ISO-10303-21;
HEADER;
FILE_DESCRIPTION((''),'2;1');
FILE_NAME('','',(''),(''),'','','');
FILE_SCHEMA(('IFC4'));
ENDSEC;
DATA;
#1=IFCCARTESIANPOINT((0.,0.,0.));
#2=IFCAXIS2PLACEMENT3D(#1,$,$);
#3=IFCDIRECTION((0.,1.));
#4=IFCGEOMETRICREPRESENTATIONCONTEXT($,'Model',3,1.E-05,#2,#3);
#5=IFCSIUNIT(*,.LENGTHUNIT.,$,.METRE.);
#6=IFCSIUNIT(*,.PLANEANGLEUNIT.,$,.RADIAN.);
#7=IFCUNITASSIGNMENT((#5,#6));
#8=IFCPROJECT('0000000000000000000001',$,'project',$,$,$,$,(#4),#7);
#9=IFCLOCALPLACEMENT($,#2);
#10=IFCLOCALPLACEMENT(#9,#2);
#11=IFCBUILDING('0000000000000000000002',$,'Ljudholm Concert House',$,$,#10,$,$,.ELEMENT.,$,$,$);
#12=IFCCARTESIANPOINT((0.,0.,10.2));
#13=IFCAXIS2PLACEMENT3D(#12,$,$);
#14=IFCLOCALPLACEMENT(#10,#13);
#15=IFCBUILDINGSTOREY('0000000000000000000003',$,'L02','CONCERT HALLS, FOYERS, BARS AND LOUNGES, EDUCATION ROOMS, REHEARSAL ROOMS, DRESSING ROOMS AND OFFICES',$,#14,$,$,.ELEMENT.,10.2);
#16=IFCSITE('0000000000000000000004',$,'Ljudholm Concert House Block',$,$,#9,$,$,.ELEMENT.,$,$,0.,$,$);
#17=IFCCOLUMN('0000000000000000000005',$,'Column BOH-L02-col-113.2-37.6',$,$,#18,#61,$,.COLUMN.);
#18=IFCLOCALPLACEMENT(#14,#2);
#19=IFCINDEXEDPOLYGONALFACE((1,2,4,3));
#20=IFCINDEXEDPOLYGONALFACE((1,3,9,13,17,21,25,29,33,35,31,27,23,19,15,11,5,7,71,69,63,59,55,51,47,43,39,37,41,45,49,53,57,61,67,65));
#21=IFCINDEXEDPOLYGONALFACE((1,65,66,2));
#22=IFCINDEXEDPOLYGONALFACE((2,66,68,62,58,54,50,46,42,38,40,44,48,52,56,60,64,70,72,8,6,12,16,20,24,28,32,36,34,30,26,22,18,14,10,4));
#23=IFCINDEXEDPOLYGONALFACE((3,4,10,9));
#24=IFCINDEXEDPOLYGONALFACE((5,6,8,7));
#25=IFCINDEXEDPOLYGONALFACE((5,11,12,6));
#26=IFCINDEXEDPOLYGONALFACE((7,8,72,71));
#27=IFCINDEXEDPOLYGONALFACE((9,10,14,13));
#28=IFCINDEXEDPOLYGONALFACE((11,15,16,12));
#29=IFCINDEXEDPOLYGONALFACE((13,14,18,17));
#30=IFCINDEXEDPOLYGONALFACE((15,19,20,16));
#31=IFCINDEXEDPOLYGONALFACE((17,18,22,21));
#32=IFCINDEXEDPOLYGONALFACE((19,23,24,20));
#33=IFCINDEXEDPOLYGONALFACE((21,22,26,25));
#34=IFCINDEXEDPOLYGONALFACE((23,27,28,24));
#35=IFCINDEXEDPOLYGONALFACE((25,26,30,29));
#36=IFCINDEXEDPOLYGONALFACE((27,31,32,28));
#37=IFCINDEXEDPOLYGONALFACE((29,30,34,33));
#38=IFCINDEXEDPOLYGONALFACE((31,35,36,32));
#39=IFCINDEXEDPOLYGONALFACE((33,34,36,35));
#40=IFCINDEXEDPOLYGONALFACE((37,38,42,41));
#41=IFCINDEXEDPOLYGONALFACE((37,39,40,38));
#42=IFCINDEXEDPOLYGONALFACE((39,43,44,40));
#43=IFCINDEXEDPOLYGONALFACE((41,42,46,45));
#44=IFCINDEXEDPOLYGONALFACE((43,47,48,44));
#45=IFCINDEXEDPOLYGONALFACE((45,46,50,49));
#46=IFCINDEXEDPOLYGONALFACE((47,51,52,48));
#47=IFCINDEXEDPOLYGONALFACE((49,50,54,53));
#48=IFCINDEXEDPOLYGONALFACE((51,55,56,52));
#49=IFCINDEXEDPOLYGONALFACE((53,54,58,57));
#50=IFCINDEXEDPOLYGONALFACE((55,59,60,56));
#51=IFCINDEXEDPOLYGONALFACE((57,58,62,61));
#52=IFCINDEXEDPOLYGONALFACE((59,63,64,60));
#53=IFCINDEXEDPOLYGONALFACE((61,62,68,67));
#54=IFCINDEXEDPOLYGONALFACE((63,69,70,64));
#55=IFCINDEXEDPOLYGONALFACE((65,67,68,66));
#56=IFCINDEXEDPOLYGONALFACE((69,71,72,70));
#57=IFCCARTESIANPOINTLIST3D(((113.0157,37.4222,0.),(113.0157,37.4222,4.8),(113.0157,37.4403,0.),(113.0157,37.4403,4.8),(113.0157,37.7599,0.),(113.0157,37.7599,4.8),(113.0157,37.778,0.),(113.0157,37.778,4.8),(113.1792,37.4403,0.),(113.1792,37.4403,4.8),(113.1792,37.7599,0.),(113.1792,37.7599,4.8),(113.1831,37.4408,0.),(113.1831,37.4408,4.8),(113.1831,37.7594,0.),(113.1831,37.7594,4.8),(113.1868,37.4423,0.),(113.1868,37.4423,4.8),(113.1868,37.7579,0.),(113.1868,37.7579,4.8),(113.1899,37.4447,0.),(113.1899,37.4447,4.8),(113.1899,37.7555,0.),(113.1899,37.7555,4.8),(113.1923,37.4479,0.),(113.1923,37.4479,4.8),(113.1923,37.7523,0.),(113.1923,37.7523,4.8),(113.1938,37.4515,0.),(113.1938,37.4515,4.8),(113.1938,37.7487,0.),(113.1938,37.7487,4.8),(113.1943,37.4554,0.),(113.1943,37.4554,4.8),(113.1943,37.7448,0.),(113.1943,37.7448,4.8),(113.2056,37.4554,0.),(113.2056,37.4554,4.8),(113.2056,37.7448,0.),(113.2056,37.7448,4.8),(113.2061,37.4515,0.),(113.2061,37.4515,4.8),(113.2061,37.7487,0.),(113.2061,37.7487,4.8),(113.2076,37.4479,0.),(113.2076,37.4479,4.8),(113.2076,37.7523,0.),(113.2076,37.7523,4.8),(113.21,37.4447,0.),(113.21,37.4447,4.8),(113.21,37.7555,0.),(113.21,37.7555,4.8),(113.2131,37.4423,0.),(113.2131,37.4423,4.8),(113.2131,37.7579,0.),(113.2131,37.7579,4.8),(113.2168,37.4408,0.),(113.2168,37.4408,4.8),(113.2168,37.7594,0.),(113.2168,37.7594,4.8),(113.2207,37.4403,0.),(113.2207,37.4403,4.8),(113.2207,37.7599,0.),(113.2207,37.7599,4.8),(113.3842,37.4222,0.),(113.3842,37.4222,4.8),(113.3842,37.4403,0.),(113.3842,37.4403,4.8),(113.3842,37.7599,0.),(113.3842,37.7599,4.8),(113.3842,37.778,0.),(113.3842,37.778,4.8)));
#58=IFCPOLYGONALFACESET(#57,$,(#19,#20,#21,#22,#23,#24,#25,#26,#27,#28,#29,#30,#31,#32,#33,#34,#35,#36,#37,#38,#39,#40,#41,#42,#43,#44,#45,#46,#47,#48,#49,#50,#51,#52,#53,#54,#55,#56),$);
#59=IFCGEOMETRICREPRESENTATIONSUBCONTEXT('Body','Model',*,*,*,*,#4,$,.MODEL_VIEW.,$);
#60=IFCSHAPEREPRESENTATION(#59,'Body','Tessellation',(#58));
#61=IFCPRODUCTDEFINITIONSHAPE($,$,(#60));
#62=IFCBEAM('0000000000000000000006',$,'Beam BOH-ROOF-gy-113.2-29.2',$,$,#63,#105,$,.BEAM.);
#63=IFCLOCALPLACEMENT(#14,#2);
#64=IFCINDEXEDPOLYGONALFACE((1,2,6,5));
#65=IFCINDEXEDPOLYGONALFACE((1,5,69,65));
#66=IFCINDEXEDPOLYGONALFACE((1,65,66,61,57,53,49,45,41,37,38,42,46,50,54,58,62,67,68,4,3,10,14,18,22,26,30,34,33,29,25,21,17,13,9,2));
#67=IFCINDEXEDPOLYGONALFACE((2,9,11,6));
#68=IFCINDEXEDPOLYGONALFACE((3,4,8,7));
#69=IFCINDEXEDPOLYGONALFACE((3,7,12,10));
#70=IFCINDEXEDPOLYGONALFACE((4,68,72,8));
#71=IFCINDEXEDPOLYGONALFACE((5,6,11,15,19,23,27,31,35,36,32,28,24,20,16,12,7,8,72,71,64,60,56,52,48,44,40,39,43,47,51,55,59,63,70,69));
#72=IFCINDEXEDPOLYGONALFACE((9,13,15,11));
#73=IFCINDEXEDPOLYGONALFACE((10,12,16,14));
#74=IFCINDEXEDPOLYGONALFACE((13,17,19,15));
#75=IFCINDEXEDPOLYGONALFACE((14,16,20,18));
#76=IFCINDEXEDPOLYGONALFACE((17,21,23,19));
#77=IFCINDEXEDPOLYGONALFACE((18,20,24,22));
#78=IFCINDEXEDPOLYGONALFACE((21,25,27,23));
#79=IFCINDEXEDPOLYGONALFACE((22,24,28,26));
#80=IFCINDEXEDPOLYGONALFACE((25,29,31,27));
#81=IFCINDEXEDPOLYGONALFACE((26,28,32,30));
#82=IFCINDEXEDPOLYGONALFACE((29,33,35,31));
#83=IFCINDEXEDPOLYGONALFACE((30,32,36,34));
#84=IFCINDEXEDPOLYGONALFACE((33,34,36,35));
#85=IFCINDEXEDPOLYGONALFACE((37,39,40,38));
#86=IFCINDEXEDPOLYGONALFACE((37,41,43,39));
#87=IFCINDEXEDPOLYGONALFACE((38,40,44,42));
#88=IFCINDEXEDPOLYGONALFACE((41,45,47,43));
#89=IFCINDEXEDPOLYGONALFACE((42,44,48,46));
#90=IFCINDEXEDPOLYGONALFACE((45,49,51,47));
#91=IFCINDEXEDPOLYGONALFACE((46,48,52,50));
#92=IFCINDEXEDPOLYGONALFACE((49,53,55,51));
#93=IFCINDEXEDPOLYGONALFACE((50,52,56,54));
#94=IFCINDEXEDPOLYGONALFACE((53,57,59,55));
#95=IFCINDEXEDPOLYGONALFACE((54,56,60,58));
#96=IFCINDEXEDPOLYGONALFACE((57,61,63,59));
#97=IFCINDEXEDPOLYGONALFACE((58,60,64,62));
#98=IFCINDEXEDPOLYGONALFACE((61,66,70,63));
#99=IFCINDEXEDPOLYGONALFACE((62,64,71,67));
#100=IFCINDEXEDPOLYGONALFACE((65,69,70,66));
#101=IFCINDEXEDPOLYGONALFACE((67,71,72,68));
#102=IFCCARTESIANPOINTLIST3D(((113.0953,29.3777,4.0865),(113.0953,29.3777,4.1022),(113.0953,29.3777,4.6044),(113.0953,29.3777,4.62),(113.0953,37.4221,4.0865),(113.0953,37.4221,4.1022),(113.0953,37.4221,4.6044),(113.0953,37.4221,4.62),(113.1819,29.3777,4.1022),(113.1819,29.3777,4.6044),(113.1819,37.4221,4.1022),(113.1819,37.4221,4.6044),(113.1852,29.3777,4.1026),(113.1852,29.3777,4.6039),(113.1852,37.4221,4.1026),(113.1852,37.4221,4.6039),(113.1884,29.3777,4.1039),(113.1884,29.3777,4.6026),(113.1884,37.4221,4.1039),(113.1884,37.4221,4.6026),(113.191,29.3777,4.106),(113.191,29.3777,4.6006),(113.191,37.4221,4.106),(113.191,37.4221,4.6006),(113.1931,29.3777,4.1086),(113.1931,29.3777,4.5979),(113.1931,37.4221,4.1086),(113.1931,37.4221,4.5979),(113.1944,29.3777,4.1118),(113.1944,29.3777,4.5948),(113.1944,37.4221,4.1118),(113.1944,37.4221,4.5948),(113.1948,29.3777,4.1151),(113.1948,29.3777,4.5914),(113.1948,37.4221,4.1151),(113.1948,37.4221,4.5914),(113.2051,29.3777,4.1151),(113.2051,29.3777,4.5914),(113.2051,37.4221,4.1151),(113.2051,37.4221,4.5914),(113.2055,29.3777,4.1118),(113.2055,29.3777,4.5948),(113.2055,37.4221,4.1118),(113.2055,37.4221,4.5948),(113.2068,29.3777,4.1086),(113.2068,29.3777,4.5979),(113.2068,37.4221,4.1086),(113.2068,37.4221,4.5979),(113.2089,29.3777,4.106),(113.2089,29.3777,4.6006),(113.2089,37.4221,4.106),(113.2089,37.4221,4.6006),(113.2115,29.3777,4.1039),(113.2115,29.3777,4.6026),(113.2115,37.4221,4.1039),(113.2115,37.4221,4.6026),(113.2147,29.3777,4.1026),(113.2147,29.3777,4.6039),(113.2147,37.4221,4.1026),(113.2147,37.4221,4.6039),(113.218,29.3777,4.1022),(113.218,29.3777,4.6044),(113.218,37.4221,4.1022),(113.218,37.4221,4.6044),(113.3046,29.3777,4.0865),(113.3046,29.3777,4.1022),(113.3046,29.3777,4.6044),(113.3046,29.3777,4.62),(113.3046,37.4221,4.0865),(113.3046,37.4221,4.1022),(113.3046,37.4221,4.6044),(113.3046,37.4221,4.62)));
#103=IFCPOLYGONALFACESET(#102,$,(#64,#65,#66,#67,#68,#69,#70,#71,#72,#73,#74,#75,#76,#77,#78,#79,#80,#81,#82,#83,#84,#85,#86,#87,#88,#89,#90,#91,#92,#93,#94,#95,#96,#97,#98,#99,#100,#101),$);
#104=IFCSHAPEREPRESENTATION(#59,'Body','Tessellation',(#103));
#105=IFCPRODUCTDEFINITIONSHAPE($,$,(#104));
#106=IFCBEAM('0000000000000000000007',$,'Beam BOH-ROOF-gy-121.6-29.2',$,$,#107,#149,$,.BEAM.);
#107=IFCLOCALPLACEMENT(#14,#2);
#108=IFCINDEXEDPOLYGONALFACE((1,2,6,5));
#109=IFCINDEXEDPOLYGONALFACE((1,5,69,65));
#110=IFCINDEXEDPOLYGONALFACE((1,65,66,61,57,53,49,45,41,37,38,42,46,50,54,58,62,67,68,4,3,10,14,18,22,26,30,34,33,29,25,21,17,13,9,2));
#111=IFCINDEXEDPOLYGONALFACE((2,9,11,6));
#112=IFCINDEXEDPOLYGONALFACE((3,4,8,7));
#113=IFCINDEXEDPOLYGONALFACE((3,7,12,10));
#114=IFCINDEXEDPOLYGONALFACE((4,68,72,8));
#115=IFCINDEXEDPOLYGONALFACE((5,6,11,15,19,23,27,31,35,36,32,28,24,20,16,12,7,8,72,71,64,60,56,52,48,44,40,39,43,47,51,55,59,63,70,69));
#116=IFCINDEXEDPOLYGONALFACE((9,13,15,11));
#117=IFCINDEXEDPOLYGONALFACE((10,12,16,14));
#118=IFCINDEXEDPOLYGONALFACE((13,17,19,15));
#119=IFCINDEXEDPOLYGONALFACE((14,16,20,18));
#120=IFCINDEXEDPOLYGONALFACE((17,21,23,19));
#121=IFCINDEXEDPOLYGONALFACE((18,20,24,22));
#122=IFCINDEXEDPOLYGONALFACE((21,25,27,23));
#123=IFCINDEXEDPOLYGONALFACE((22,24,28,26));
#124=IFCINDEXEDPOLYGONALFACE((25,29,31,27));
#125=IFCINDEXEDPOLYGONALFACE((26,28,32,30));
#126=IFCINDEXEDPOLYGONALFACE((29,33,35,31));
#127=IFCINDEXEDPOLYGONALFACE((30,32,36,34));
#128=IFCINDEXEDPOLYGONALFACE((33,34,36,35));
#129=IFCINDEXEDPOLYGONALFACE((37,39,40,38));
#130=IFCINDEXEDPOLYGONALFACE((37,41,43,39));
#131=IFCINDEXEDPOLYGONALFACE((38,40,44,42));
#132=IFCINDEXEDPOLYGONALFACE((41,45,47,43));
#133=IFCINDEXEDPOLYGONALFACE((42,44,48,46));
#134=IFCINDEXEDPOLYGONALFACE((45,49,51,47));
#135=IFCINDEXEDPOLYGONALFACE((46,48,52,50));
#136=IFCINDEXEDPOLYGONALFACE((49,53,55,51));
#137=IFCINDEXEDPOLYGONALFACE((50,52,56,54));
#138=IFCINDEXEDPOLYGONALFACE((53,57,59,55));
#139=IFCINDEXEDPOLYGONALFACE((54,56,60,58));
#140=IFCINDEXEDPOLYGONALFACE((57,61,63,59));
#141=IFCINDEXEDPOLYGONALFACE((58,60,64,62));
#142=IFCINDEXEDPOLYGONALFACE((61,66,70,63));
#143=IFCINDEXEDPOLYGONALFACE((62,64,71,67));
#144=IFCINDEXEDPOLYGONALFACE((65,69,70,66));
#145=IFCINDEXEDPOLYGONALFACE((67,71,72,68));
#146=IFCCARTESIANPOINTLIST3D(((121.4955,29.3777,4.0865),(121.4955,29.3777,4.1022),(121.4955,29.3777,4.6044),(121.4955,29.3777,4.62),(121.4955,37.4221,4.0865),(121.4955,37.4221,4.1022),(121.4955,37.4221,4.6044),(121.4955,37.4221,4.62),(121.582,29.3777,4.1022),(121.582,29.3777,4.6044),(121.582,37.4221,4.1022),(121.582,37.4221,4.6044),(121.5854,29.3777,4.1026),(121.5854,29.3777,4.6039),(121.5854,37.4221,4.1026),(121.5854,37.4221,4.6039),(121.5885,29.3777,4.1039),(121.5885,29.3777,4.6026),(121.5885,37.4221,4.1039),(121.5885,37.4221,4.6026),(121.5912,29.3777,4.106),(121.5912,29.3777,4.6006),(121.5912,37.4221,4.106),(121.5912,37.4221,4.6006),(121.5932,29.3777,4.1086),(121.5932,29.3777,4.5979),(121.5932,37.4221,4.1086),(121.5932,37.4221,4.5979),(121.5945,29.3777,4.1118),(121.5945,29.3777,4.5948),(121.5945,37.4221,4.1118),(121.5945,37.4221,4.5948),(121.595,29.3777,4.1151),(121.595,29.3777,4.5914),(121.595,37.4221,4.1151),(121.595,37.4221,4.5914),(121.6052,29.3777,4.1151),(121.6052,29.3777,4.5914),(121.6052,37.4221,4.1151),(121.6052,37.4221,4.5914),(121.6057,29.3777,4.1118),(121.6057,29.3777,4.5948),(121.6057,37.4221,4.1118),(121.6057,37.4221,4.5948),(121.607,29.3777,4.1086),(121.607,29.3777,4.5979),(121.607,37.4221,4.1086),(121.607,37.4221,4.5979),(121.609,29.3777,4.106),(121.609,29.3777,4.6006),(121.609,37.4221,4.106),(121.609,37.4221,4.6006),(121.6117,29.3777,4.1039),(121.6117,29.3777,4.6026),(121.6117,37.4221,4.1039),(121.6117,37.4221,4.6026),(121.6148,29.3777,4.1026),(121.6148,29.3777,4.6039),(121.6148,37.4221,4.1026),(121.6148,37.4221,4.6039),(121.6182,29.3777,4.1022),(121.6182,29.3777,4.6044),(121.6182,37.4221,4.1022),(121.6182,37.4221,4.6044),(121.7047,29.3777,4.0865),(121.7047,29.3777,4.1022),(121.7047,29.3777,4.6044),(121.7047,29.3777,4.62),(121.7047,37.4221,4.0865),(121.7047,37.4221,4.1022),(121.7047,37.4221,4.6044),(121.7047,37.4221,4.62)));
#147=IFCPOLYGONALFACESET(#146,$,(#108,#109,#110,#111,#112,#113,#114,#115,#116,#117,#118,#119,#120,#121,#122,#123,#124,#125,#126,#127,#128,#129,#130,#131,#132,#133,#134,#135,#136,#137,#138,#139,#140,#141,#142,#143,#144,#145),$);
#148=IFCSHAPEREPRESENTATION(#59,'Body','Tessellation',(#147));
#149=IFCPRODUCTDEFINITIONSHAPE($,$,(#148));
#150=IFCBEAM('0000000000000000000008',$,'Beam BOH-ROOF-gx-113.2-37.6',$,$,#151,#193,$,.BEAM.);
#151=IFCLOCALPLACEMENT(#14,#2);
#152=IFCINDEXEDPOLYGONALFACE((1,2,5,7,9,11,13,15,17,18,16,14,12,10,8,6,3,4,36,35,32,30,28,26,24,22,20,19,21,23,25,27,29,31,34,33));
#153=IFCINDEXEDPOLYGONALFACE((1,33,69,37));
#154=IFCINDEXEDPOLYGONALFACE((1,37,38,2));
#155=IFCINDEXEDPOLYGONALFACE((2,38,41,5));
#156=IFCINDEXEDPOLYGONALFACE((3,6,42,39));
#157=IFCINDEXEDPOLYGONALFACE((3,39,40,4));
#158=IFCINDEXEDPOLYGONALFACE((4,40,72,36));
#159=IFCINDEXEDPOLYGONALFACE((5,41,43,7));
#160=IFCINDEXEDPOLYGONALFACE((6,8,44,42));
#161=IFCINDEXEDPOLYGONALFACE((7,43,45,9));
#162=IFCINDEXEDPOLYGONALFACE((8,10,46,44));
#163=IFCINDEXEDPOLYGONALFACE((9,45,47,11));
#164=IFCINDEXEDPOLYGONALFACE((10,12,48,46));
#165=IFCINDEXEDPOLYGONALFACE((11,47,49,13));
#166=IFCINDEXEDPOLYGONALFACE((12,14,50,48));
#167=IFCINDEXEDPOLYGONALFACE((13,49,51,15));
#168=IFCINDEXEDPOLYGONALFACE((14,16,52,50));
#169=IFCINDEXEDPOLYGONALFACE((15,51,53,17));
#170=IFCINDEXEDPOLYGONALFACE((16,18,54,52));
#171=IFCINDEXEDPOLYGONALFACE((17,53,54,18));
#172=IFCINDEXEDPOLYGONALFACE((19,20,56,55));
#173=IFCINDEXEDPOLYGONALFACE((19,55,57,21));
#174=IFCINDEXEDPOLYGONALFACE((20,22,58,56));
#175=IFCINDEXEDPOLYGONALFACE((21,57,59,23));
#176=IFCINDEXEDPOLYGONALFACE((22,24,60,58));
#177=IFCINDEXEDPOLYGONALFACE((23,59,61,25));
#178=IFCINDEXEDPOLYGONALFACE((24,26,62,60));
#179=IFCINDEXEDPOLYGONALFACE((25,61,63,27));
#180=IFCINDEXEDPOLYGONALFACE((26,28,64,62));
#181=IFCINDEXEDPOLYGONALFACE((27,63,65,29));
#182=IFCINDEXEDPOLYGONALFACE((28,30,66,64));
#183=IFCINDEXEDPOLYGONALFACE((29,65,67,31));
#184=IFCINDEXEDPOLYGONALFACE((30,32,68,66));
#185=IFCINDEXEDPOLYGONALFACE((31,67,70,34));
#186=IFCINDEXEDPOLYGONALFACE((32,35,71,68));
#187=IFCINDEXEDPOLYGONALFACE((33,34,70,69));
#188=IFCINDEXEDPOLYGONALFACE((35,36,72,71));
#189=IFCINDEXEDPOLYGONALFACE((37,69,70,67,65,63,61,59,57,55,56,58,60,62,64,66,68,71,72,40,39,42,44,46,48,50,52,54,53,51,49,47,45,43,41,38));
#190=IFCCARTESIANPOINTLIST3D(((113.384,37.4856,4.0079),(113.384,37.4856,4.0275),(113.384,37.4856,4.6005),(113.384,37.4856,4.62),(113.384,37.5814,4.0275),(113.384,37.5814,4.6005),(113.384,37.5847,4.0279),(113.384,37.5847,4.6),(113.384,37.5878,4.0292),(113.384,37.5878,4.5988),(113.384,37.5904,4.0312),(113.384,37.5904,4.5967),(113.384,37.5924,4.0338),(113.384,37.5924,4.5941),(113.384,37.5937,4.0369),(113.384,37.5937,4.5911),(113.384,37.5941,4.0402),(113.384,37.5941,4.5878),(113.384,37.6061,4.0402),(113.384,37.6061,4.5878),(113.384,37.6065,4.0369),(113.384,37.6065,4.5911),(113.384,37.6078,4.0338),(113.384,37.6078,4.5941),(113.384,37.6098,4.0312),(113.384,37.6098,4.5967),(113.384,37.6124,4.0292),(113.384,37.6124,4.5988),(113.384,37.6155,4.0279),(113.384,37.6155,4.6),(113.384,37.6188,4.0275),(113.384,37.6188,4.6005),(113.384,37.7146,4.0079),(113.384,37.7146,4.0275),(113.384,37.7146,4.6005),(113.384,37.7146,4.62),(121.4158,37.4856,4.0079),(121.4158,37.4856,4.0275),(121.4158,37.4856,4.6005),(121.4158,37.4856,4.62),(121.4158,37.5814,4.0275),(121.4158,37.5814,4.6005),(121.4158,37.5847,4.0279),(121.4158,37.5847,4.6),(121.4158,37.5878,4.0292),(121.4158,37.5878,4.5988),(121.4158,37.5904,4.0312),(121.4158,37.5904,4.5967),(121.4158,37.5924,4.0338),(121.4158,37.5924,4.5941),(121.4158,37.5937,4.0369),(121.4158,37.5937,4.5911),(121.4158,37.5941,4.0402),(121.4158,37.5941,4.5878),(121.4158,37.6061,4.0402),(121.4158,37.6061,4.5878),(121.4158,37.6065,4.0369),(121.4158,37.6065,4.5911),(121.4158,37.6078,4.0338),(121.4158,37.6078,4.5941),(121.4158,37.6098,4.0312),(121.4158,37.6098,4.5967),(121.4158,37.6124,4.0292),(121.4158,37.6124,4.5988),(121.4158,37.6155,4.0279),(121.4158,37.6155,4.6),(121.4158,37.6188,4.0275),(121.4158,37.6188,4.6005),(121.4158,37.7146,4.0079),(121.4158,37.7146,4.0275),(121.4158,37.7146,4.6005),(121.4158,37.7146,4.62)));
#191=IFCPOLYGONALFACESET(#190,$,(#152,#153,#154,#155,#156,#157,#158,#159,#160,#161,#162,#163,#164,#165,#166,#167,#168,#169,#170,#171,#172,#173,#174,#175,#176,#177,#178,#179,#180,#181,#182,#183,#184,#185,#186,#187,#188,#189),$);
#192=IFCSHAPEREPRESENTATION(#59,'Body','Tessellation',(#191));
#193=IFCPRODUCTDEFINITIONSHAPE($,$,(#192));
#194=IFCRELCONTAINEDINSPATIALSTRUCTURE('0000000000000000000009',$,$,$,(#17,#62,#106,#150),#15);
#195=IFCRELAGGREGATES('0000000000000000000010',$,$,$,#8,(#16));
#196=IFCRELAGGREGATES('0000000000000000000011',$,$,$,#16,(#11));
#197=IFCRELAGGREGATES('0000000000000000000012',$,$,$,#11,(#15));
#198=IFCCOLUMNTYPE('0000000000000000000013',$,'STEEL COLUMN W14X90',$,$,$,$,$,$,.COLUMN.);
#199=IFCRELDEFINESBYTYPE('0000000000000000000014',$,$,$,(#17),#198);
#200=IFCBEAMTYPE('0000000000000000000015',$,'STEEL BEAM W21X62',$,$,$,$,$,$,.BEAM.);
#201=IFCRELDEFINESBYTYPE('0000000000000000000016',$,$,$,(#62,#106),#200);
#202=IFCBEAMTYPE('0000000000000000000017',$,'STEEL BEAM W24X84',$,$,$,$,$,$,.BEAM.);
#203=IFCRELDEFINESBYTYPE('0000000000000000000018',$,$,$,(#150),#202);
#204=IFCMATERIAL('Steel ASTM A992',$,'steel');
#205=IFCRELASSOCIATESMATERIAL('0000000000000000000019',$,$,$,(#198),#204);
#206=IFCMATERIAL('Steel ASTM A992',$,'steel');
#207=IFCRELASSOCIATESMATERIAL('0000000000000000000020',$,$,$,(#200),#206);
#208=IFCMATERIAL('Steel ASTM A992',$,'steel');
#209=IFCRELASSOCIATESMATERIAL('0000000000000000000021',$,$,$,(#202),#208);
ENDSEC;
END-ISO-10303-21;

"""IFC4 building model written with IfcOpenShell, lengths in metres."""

from ifc_helpers import new_model, si_unit, direction, frame, origin, origin_2d, place, context, subcontext, project, spatial, i_section, extrude, material, material_profile, profile_set, type_object, element, save


model = new_model("IFC4")

# Units and contexts
model_context = context("Model", 3, precision=1e-05, world=origin(), true_north=direction((0.0, 1.0)))
body_context = subcontext(model_context, "Body", "Model", "MODEL_VIEW")
ifc_project = project(units=[si_unit("LENGTHUNIT", "METRE"), si_unit("PLANEANGLEUNIT", "RADIAN")], contexts=[model_context])

# Site, building, storey
site_placement = place(None, origin())
site = spatial("IfcSite", under=ifc_project, at=site_placement, Name="Ljudholm Concert House Block", CompositionType="ELEMENT", RefElevation=0.0)
building_placement = place(site_placement, origin())
building = spatial("IfcBuilding", under=site, at=building_placement, Name="Ljudholm Concert House", CompositionType="ELEMENT")
storey_placement = place(building_placement, frame((0.0, 0.0, 10.2)))
storey = spatial("IfcBuildingStorey", under=building, at=storey_placement, Name="L02", Description="CONCERT HALLS, FOYERS, BARS AND LOUNGES, EDUCATION ROOMS, REHEARSAL ROOMS, DRESSING ROOMS AND OFFICES", CompositionType="ELEMENT", Elevation=10.2)

# Column
ifc_material_1 = material(Name="Steel ASTM A992", Category="steel")
ifc_material_profile_1 = material_profile(ifc_material_1, i_section(OverallWidth=0.3684, OverallDepth=0.3557, WebThickness=0.0112, FlangeThickness=0.0181, FilletRadius=0.0151, at=origin_2d()), Name="W14X90")
ifc_profile_set_1 = profile_set([ifc_material_profile_1], Name="Steel ASTM A992")
column_type = type_object("IfcColumnType", Name="STEEL COLUMN W14X90", PredefinedType="COLUMN", material=ifc_profile_set_1)
column_placement = place(storey_placement, frame((113.2, 37.6001, 0.0), z_axis=(0.0, 0.0, 1.0), x_axis=(1.0, 0.0, 0.0)))
element("IfcColumn", 1, at=column_placement, inside=storey, type_object=column_type, Name="Column BOH-L02-col-113.2-37.6", PredefinedType="COLUMN", context=body_context, shape_type="SweptSolid", body=[
    extrude(i_section(OverallWidth=0.3684, OverallDepth=0.3557, WebThickness=0.0112, FlangeThickness=0.0181, FilletRadius=0.0151, at=origin_2d()), origin(), (0.0, 0.0, 1.0), 4.8),
])

# Beams
ifc_material_2 = material(Name="Steel ASTM A992", Category="steel")
ifc_material_profile_2 = material_profile(ifc_material_2, i_section(OverallWidth=0.2092, OverallDepth=0.5334, WebThickness=0.0103, FlangeThickness=0.0156, FilletRadius=0.0129, at=origin_2d()), Name="W21X62")
ifc_profile_set_2 = profile_set([ifc_material_profile_2], Name="Steel ASTM A992")
beam_type_1 = type_object("IfcBeamType", Name="STEEL BEAM W21X62", PredefinedType="BEAM", material=ifc_profile_set_2)
for number, where, z_axis, x_axis, name in (
    (2, (113.2, 29.3777, 4.3533), (0.0, 1.0, 0.0), (-1.0, 0.0, 0.0), "Beam BOH-ROOF-gy-113.2-29.2"),
    (3, (121.6001, 29.3777, 4.3533), (0.0, 1.0, 0.0), (-1.0, 0.0, 0.0), "Beam BOH-ROOF-gy-121.6-29.2"),
):
    element("IfcBeam", number, at=place(storey_placement, frame(where, z_axis=z_axis, x_axis=x_axis)), inside=storey, type_object=beam_type_1, Name=name, PredefinedType="BEAM", context=body_context, shape_type="SweptSolid", body=[
        extrude(i_section(OverallWidth=0.2092, OverallDepth=0.5334, WebThickness=0.0103, FlangeThickness=0.0156, FilletRadius=0.0129, at=origin_2d()), origin(), (0.0, 0.0, 1.0), 8.0444),
    ])
ifc_material_3 = material(Name="Steel ASTM A992", Category="steel")
ifc_material_profile_3 = material_profile(ifc_material_3, i_section(OverallWidth=0.229, OverallDepth=0.6121, WebThickness=0.012, FlangeThickness=0.0195, FilletRadius=0.0127, at=origin_2d()), Name="W24X84")
ifc_profile_set_3 = profile_set([ifc_material_profile_3], Name="Steel ASTM A992")
beam_type_2 = type_object("IfcBeamType", Name="STEEL BEAM W24X84", PredefinedType="BEAM", material=ifc_profile_set_3)
beam_placement = place(storey_placement, frame((113.384, 37.6001, 4.314), z_axis=(1.0, 0.0, 0.0), x_axis=(0.0, 1.0, 0.0)))
element("IfcBeam", 4, at=beam_placement, inside=storey, type_object=beam_type_2, Name="Beam BOH-ROOF-gx-113.2-37.6", PredefinedType="BEAM", context=body_context, shape_type="SweptSolid", body=[
    extrude(i_section(OverallWidth=0.229, OverallDepth=0.6121, WebThickness=0.012, FlangeThickness=0.0195, FilletRadius=0.0127, at=origin_2d()), origin(), (0.0, 0.0, 1.0), 8.0317),
])

save(model, "model.ifc")
